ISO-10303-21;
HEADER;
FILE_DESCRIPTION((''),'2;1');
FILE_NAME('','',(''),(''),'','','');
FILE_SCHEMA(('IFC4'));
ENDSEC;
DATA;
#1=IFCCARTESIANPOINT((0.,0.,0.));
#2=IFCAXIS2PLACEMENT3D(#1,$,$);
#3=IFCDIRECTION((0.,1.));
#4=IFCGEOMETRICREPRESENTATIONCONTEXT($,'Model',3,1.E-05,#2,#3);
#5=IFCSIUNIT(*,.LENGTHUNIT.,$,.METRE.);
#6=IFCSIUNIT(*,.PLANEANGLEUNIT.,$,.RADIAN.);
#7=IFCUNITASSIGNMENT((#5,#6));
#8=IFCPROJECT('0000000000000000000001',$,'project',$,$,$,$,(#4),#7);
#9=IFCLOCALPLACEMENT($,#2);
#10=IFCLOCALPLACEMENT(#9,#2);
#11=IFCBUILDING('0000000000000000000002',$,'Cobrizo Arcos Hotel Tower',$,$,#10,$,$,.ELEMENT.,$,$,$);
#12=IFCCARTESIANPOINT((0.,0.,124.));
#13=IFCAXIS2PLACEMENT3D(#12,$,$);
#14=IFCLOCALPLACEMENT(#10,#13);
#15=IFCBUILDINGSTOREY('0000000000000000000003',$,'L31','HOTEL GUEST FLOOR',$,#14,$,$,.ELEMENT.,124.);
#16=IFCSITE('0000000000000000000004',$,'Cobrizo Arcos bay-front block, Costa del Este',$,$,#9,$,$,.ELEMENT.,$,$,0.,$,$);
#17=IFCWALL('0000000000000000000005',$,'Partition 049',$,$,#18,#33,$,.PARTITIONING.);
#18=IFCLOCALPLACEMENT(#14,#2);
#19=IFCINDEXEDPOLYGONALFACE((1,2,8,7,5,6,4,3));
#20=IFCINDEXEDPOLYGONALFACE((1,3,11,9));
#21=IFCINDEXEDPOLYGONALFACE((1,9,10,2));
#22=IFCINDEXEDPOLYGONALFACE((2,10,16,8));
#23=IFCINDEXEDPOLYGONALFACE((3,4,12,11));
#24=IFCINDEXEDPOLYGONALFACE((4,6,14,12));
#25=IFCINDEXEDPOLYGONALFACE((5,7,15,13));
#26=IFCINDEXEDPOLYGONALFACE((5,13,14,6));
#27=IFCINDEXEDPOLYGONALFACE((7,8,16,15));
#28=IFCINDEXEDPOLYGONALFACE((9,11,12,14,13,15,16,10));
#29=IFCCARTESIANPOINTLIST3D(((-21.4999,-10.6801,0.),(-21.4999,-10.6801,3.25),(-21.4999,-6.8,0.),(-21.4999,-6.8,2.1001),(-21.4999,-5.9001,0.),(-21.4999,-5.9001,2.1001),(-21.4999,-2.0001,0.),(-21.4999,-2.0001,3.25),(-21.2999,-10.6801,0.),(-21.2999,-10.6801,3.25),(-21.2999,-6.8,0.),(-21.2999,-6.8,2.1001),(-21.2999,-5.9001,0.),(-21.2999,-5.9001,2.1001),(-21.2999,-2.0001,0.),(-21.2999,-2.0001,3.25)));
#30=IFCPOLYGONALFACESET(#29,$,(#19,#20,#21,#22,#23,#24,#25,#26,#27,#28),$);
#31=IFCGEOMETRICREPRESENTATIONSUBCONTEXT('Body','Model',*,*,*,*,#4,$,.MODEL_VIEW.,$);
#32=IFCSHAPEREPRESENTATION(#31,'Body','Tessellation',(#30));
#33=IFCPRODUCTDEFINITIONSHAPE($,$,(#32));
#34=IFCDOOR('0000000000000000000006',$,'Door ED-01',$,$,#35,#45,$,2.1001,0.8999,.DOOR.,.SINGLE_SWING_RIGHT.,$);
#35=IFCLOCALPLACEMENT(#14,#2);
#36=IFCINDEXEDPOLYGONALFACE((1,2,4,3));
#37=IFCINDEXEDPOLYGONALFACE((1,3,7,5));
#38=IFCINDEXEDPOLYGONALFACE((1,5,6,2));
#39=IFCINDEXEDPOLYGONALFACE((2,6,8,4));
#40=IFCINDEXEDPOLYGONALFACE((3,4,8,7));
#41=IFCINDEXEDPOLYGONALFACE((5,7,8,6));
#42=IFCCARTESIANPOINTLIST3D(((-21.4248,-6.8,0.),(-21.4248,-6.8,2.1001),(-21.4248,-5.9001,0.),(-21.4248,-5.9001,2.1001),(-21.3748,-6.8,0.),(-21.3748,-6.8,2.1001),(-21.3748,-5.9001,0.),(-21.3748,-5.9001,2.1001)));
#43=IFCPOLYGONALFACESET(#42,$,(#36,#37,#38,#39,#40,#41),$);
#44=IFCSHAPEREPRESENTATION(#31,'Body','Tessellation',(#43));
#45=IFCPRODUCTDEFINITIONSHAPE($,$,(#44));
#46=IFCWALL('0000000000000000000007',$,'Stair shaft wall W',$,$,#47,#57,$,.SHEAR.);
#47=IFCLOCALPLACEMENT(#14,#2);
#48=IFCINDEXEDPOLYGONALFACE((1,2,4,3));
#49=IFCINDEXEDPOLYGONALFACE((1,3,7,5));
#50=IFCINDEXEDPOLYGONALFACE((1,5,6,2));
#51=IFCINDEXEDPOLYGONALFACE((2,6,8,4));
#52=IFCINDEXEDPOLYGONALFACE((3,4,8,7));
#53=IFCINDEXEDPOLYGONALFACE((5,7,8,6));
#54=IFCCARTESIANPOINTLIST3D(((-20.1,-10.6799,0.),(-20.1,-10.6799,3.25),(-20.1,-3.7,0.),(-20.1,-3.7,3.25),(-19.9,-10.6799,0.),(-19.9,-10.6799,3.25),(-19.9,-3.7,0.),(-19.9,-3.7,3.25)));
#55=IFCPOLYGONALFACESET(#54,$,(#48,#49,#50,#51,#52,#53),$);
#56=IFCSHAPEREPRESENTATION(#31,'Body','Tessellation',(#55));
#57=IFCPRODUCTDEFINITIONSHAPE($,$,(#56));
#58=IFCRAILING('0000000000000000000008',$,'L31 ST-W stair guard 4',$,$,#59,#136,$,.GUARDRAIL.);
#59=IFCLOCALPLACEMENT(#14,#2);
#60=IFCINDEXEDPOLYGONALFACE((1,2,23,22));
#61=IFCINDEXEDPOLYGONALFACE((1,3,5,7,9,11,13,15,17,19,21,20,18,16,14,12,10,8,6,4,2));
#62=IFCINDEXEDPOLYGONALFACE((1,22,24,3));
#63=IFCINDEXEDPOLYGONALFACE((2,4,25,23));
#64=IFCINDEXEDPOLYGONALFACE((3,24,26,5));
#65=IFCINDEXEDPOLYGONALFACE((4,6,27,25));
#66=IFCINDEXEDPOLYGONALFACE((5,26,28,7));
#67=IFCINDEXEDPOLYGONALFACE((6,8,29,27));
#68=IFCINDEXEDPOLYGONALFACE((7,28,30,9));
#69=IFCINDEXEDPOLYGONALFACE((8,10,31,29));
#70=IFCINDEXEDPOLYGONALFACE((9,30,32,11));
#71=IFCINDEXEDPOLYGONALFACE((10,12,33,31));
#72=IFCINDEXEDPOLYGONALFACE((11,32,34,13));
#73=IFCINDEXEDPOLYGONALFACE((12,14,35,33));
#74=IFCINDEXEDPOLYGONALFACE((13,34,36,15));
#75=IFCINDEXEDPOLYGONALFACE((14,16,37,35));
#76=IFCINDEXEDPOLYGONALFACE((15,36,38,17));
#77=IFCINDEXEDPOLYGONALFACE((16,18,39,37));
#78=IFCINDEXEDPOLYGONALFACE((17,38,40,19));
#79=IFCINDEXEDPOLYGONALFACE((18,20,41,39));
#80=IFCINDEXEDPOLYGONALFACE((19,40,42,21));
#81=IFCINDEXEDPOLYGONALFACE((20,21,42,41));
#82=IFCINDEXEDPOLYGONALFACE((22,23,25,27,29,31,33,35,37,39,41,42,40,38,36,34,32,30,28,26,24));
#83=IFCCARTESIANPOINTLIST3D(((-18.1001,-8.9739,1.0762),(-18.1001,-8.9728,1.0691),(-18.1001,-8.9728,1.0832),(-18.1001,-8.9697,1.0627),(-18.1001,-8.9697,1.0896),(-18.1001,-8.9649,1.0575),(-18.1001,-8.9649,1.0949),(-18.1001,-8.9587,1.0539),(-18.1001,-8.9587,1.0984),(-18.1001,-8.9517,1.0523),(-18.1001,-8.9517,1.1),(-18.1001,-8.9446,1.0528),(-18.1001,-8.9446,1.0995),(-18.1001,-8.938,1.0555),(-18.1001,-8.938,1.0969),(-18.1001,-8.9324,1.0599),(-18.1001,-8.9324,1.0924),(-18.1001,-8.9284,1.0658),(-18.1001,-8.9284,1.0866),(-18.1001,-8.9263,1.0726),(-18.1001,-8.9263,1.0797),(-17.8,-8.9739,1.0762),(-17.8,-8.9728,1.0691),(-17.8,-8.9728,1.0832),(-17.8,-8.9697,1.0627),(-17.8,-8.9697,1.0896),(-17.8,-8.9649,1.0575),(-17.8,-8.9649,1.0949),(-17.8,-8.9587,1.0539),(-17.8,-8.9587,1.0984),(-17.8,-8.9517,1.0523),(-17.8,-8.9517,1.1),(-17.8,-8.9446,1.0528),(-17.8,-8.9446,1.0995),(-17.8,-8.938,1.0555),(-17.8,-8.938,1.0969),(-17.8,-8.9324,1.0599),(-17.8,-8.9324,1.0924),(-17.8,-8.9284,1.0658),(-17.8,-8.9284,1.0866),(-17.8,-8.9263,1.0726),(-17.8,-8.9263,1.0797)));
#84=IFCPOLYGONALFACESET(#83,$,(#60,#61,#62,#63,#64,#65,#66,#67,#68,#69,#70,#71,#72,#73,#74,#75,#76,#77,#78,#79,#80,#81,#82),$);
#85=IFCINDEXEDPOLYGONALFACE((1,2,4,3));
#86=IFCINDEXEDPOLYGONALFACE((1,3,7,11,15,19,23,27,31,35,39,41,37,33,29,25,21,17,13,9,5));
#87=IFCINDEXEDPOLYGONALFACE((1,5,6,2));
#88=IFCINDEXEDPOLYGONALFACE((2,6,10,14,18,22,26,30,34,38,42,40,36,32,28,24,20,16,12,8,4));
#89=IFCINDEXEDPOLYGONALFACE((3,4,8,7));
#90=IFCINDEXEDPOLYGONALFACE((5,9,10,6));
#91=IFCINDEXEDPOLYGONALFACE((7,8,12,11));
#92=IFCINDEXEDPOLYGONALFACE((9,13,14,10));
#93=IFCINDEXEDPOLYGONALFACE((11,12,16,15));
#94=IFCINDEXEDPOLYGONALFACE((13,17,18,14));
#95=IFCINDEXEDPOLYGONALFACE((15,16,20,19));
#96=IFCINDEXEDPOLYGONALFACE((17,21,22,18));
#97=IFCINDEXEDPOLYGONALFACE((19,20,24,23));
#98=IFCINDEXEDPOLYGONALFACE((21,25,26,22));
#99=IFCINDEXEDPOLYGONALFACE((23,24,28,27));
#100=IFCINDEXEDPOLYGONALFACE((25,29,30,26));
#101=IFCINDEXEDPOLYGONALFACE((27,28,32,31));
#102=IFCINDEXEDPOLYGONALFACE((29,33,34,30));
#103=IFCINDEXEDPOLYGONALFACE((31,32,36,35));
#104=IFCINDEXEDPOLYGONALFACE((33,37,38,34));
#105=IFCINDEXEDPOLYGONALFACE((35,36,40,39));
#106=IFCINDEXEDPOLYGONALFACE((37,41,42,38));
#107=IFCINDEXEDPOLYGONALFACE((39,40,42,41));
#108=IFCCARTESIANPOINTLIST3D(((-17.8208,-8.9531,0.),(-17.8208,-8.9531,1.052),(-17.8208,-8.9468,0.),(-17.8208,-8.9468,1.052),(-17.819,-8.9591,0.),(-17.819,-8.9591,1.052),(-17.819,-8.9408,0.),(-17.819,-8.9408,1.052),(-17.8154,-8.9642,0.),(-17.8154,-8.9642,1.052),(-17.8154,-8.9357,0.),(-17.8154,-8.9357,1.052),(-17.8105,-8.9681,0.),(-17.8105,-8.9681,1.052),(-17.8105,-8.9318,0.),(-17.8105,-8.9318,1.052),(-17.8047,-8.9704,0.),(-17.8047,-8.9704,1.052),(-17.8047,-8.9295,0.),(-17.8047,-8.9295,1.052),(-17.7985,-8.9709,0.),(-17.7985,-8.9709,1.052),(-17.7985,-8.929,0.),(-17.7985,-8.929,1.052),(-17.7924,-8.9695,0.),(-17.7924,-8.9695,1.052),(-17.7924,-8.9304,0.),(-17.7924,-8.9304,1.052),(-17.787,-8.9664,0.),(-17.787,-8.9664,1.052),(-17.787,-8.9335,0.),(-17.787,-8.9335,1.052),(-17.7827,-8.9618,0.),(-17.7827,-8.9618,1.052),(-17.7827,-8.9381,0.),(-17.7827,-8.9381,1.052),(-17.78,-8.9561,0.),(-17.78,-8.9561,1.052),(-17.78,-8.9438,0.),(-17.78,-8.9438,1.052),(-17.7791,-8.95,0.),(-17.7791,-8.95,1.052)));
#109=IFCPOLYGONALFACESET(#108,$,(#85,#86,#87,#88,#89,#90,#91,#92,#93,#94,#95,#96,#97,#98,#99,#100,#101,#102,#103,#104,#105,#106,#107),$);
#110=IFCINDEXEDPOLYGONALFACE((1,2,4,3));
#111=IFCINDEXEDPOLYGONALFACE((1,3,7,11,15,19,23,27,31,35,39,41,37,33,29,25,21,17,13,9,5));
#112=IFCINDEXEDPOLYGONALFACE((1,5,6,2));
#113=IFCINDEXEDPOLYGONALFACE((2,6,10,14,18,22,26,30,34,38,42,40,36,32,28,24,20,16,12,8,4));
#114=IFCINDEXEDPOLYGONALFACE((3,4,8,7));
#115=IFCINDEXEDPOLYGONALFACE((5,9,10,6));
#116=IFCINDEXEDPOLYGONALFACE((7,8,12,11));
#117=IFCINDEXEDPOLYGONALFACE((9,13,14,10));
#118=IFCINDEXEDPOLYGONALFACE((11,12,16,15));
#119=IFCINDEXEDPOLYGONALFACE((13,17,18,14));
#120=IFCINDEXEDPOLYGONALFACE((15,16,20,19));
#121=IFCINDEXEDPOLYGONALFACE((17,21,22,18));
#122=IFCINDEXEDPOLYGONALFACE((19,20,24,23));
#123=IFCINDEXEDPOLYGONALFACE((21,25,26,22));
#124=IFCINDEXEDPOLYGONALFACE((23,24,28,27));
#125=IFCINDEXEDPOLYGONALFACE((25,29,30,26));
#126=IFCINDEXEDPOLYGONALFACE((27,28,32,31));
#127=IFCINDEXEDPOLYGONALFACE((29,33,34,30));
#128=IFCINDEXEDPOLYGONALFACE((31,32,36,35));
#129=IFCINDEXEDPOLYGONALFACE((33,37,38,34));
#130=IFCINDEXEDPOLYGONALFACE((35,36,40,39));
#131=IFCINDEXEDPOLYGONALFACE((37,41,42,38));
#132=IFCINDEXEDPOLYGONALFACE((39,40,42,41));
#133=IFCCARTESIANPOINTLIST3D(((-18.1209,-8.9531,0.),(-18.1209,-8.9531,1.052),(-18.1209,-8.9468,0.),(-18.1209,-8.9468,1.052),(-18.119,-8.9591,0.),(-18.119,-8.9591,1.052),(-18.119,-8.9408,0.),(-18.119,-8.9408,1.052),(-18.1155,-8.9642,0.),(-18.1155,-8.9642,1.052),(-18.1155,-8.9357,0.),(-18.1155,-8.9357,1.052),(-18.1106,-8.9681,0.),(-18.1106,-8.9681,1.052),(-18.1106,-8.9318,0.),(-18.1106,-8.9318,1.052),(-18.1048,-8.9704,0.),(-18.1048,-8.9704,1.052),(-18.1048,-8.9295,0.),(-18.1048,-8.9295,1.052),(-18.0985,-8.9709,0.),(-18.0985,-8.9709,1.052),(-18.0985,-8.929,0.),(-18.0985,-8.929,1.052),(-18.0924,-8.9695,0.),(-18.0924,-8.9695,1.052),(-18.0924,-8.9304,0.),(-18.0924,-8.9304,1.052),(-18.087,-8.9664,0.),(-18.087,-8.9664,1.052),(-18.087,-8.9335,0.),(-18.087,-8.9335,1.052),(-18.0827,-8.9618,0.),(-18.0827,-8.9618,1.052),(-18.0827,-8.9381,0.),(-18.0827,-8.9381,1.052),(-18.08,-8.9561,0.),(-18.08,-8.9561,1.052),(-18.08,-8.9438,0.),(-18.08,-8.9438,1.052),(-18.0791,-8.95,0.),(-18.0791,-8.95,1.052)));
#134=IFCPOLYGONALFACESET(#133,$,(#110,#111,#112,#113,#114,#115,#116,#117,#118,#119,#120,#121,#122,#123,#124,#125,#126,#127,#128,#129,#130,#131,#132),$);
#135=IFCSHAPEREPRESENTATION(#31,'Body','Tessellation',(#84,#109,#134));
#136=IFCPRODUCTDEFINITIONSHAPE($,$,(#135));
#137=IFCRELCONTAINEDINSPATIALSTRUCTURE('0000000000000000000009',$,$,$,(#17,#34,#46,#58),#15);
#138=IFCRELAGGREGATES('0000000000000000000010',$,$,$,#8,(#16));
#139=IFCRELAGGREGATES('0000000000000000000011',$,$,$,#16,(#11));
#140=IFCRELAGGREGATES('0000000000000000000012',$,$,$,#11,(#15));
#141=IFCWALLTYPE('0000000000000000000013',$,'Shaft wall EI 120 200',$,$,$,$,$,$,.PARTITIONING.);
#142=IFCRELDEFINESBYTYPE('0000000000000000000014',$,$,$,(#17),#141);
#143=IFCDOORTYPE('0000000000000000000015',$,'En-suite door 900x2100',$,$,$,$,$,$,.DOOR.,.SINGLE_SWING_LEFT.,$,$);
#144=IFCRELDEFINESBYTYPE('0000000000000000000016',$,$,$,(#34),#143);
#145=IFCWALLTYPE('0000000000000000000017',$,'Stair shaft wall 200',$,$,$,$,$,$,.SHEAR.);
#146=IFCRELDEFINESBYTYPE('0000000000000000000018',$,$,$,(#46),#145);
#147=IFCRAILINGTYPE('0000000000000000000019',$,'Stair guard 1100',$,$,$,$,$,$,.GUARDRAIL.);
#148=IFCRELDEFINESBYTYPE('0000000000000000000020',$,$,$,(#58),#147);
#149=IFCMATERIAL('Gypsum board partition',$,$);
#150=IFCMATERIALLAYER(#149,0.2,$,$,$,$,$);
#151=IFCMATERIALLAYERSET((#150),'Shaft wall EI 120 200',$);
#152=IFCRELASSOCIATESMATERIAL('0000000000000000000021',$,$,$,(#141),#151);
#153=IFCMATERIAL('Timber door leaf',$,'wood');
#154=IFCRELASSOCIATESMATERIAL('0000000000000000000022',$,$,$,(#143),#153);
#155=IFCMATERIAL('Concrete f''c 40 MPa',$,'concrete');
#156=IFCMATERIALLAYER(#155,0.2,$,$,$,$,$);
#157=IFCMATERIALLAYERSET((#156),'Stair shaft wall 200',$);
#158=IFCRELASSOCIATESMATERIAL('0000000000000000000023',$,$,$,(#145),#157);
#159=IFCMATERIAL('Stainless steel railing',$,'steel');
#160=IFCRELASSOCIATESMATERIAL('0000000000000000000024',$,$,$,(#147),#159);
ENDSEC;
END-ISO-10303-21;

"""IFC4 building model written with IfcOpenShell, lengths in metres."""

from ifc_helpers import new_model, si_unit, direction, frame, frame_2d, origin, origin_2d, place, context, subcontext, project, spatial, rectangle, circle, extrude, material, layer, layer_set, type_object, element, fill, save


model = new_model("IFC4")

# Units and contexts
model_context = context("Model", 3, precision=1e-05, world=origin(), true_north=direction((0.0, 1.0)))
body_context = subcontext(model_context, "Body", "Model", "MODEL_VIEW")
ifc_project = project(units=[si_unit("LENGTHUNIT", "METRE"), si_unit("PLANEANGLEUNIT", "RADIAN")], contexts=[model_context])

# Site, building, storey
site_placement = place(None, origin())
site = spatial("IfcSite", under=ifc_project, at=site_placement, Name="Cobrizo Arcos bay-front block, Costa del Este", CompositionType="ELEMENT", RefElevation=0.0)
building_placement = place(site_placement, origin())
building = spatial("IfcBuilding", under=site, at=building_placement, Name="Cobrizo Arcos Hotel Tower", CompositionType="ELEMENT")
storey_placement = place(building_placement, frame((0.0, 0.0, 124.0)))
storey = spatial("IfcBuildingStorey", under=building, at=storey_placement, Name="L31", Description="HOTEL GUEST FLOOR", CompositionType="ELEMENT", Elevation=124.0)

# Wall, opening, door
ifc_material_1 = material(Name="Gypsum board partition")
ifc_layer_1 = layer(ifc_material_1, 0.2)
ifc_layer_set_1 = layer_set([ifc_layer_1], Name="Shaft wall EI 120 200")
wall_type_1 = type_object("IfcWallType", Name="Shaft wall EI 120 200", PredefinedType="PARTITIONING", material=ifc_layer_set_1)
wall_1_placement = place(storey_placement, frame((-21.3999, -10.6799, 0.0), z_axis=(0.0, 0.0, 1.0), x_axis=(0.0, 1.0, 0.0)))
wall_1 = element("IfcWall", 1, at=wall_1_placement, inside=storey, type_object=wall_type_1, Name="Partition 049", PredefinedType="PARTITIONING", context=body_context, shape_type="SweptSolid", body=[
    extrude(rectangle(XDim=8.6799, YDim=0.2, at=frame_2d((4.3398, 0.0))), origin(), (0.0, 0.0, 1.0), 3.25),
])
opening_1_placement = place(wall_1_placement, frame((3.8799, 0.0, 0.0)))
opening_1 = element("IfcOpeningElement", 2, at=opening_1_placement, cuts=wall_1, PredefinedType="OPENING", context=body_context, shape_type="SweptSolid", body=[
    extrude(rectangle(XDim=0.8999, YDim=2.1001, at=frame_2d((0.45, 1.05))), frame((0.0, 0.1121, 0.0), z_axis=(0.0, -1.0, 0.0), x_axis=(1.0, 0.0, 0.0)), (0.0, 0.0, 1.0), 0.2239),
])
ifc_material_2 = material(Name="Timber door leaf", Category="wood")
door_type_1 = type_object("IfcDoorType", Name="En-suite door 900x2100", OperationType="SINGLE_SWING_LEFT", PredefinedType="DOOR", material=ifc_material_2)
door_1_placement = place(opening_1_placement, origin())
door_1 = element("IfcDoor", 3, at=door_1_placement, inside=storey, type_object=door_type_1, Name="Door ED-01", OperationType="SINGLE_SWING_RIGHT", OverallHeight=2.1001, OverallWidth=0.8999, PredefinedType="DOOR", context=body_context, shape_type="SweptSolid", body=[
    extrude(rectangle(XDim=0.8999, YDim=2.1001, at=frame_2d((0.45, 1.05))), frame((0.0, 0.0249, 0.0), z_axis=(0.0, -1.0, 0.0), x_axis=(1.0, 0.0, 0.0)), (0.0, 0.0, 1.0), 0.05),
])
fill(opening_1, door_1)

# Wall
ifc_material_3 = material(Name="Concrete f'c 40 MPa", Category="concrete")
ifc_layer_2 = layer(ifc_material_3, 0.2)
ifc_layer_set_2 = layer_set([ifc_layer_2], Name="Stair shaft wall 200")
wall_type_2 = type_object("IfcWallType", Name="Stair shaft wall 200", PredefinedType="SHEAR", material=ifc_layer_set_2)
wall_2_placement = place(storey_placement, frame((-20.0, -10.6799, 0.0), z_axis=(0.0, 0.0, 1.0), x_axis=(0.0, 1.0, 0.0)))
element("IfcWall", 4, at=wall_2_placement, inside=storey, type_object=wall_type_2, Name="Stair shaft wall W", PredefinedType="SHEAR", context=body_context, shape_type="SweptSolid", body=[
    extrude(rectangle(XDim=6.98, YDim=0.2, at=frame_2d((3.49, 0.0))), origin(), (0.0, 0.0, 1.0), 3.25),
])

# Railing
ifc_material_4 = material(Name="Stainless steel railing", Category="steel")
railing_type = type_object("IfcRailingType", Name="Stair guard 1100", PredefinedType="GUARDRAIL", material=ifc_material_4)
railing_placement = place(storey_placement, frame((-17.8, -8.95, 0.0)))
element("IfcRailing", 5, at=railing_placement, inside=storey, type_object=railing_type, Name="L31 ST-W stair guard 4", PredefinedType="GUARDRAIL", context=body_context, shape_type="SweptSolid", body=[
    extrude(circle(Radius=0.0239, at=origin_2d()), frame((0.0, 0.0, 1.0762), z_axis=(-1.0, 0.0, 0.0), x_axis=(0.0, -1.0, 0.0)), (0.0, 0.0, 1.0), 0.3),
    extrude(circle(Radius=0.021, at=origin_2d()), origin(), (0.0, 0.0, 1.0), 1.052),
    extrude(circle(Radius=0.021, at=origin_2d()), frame((-0.3, 0.0, 0.0)), (0.0, 0.0, 1.0), 1.052),
])

save(model, "model.ifc")
